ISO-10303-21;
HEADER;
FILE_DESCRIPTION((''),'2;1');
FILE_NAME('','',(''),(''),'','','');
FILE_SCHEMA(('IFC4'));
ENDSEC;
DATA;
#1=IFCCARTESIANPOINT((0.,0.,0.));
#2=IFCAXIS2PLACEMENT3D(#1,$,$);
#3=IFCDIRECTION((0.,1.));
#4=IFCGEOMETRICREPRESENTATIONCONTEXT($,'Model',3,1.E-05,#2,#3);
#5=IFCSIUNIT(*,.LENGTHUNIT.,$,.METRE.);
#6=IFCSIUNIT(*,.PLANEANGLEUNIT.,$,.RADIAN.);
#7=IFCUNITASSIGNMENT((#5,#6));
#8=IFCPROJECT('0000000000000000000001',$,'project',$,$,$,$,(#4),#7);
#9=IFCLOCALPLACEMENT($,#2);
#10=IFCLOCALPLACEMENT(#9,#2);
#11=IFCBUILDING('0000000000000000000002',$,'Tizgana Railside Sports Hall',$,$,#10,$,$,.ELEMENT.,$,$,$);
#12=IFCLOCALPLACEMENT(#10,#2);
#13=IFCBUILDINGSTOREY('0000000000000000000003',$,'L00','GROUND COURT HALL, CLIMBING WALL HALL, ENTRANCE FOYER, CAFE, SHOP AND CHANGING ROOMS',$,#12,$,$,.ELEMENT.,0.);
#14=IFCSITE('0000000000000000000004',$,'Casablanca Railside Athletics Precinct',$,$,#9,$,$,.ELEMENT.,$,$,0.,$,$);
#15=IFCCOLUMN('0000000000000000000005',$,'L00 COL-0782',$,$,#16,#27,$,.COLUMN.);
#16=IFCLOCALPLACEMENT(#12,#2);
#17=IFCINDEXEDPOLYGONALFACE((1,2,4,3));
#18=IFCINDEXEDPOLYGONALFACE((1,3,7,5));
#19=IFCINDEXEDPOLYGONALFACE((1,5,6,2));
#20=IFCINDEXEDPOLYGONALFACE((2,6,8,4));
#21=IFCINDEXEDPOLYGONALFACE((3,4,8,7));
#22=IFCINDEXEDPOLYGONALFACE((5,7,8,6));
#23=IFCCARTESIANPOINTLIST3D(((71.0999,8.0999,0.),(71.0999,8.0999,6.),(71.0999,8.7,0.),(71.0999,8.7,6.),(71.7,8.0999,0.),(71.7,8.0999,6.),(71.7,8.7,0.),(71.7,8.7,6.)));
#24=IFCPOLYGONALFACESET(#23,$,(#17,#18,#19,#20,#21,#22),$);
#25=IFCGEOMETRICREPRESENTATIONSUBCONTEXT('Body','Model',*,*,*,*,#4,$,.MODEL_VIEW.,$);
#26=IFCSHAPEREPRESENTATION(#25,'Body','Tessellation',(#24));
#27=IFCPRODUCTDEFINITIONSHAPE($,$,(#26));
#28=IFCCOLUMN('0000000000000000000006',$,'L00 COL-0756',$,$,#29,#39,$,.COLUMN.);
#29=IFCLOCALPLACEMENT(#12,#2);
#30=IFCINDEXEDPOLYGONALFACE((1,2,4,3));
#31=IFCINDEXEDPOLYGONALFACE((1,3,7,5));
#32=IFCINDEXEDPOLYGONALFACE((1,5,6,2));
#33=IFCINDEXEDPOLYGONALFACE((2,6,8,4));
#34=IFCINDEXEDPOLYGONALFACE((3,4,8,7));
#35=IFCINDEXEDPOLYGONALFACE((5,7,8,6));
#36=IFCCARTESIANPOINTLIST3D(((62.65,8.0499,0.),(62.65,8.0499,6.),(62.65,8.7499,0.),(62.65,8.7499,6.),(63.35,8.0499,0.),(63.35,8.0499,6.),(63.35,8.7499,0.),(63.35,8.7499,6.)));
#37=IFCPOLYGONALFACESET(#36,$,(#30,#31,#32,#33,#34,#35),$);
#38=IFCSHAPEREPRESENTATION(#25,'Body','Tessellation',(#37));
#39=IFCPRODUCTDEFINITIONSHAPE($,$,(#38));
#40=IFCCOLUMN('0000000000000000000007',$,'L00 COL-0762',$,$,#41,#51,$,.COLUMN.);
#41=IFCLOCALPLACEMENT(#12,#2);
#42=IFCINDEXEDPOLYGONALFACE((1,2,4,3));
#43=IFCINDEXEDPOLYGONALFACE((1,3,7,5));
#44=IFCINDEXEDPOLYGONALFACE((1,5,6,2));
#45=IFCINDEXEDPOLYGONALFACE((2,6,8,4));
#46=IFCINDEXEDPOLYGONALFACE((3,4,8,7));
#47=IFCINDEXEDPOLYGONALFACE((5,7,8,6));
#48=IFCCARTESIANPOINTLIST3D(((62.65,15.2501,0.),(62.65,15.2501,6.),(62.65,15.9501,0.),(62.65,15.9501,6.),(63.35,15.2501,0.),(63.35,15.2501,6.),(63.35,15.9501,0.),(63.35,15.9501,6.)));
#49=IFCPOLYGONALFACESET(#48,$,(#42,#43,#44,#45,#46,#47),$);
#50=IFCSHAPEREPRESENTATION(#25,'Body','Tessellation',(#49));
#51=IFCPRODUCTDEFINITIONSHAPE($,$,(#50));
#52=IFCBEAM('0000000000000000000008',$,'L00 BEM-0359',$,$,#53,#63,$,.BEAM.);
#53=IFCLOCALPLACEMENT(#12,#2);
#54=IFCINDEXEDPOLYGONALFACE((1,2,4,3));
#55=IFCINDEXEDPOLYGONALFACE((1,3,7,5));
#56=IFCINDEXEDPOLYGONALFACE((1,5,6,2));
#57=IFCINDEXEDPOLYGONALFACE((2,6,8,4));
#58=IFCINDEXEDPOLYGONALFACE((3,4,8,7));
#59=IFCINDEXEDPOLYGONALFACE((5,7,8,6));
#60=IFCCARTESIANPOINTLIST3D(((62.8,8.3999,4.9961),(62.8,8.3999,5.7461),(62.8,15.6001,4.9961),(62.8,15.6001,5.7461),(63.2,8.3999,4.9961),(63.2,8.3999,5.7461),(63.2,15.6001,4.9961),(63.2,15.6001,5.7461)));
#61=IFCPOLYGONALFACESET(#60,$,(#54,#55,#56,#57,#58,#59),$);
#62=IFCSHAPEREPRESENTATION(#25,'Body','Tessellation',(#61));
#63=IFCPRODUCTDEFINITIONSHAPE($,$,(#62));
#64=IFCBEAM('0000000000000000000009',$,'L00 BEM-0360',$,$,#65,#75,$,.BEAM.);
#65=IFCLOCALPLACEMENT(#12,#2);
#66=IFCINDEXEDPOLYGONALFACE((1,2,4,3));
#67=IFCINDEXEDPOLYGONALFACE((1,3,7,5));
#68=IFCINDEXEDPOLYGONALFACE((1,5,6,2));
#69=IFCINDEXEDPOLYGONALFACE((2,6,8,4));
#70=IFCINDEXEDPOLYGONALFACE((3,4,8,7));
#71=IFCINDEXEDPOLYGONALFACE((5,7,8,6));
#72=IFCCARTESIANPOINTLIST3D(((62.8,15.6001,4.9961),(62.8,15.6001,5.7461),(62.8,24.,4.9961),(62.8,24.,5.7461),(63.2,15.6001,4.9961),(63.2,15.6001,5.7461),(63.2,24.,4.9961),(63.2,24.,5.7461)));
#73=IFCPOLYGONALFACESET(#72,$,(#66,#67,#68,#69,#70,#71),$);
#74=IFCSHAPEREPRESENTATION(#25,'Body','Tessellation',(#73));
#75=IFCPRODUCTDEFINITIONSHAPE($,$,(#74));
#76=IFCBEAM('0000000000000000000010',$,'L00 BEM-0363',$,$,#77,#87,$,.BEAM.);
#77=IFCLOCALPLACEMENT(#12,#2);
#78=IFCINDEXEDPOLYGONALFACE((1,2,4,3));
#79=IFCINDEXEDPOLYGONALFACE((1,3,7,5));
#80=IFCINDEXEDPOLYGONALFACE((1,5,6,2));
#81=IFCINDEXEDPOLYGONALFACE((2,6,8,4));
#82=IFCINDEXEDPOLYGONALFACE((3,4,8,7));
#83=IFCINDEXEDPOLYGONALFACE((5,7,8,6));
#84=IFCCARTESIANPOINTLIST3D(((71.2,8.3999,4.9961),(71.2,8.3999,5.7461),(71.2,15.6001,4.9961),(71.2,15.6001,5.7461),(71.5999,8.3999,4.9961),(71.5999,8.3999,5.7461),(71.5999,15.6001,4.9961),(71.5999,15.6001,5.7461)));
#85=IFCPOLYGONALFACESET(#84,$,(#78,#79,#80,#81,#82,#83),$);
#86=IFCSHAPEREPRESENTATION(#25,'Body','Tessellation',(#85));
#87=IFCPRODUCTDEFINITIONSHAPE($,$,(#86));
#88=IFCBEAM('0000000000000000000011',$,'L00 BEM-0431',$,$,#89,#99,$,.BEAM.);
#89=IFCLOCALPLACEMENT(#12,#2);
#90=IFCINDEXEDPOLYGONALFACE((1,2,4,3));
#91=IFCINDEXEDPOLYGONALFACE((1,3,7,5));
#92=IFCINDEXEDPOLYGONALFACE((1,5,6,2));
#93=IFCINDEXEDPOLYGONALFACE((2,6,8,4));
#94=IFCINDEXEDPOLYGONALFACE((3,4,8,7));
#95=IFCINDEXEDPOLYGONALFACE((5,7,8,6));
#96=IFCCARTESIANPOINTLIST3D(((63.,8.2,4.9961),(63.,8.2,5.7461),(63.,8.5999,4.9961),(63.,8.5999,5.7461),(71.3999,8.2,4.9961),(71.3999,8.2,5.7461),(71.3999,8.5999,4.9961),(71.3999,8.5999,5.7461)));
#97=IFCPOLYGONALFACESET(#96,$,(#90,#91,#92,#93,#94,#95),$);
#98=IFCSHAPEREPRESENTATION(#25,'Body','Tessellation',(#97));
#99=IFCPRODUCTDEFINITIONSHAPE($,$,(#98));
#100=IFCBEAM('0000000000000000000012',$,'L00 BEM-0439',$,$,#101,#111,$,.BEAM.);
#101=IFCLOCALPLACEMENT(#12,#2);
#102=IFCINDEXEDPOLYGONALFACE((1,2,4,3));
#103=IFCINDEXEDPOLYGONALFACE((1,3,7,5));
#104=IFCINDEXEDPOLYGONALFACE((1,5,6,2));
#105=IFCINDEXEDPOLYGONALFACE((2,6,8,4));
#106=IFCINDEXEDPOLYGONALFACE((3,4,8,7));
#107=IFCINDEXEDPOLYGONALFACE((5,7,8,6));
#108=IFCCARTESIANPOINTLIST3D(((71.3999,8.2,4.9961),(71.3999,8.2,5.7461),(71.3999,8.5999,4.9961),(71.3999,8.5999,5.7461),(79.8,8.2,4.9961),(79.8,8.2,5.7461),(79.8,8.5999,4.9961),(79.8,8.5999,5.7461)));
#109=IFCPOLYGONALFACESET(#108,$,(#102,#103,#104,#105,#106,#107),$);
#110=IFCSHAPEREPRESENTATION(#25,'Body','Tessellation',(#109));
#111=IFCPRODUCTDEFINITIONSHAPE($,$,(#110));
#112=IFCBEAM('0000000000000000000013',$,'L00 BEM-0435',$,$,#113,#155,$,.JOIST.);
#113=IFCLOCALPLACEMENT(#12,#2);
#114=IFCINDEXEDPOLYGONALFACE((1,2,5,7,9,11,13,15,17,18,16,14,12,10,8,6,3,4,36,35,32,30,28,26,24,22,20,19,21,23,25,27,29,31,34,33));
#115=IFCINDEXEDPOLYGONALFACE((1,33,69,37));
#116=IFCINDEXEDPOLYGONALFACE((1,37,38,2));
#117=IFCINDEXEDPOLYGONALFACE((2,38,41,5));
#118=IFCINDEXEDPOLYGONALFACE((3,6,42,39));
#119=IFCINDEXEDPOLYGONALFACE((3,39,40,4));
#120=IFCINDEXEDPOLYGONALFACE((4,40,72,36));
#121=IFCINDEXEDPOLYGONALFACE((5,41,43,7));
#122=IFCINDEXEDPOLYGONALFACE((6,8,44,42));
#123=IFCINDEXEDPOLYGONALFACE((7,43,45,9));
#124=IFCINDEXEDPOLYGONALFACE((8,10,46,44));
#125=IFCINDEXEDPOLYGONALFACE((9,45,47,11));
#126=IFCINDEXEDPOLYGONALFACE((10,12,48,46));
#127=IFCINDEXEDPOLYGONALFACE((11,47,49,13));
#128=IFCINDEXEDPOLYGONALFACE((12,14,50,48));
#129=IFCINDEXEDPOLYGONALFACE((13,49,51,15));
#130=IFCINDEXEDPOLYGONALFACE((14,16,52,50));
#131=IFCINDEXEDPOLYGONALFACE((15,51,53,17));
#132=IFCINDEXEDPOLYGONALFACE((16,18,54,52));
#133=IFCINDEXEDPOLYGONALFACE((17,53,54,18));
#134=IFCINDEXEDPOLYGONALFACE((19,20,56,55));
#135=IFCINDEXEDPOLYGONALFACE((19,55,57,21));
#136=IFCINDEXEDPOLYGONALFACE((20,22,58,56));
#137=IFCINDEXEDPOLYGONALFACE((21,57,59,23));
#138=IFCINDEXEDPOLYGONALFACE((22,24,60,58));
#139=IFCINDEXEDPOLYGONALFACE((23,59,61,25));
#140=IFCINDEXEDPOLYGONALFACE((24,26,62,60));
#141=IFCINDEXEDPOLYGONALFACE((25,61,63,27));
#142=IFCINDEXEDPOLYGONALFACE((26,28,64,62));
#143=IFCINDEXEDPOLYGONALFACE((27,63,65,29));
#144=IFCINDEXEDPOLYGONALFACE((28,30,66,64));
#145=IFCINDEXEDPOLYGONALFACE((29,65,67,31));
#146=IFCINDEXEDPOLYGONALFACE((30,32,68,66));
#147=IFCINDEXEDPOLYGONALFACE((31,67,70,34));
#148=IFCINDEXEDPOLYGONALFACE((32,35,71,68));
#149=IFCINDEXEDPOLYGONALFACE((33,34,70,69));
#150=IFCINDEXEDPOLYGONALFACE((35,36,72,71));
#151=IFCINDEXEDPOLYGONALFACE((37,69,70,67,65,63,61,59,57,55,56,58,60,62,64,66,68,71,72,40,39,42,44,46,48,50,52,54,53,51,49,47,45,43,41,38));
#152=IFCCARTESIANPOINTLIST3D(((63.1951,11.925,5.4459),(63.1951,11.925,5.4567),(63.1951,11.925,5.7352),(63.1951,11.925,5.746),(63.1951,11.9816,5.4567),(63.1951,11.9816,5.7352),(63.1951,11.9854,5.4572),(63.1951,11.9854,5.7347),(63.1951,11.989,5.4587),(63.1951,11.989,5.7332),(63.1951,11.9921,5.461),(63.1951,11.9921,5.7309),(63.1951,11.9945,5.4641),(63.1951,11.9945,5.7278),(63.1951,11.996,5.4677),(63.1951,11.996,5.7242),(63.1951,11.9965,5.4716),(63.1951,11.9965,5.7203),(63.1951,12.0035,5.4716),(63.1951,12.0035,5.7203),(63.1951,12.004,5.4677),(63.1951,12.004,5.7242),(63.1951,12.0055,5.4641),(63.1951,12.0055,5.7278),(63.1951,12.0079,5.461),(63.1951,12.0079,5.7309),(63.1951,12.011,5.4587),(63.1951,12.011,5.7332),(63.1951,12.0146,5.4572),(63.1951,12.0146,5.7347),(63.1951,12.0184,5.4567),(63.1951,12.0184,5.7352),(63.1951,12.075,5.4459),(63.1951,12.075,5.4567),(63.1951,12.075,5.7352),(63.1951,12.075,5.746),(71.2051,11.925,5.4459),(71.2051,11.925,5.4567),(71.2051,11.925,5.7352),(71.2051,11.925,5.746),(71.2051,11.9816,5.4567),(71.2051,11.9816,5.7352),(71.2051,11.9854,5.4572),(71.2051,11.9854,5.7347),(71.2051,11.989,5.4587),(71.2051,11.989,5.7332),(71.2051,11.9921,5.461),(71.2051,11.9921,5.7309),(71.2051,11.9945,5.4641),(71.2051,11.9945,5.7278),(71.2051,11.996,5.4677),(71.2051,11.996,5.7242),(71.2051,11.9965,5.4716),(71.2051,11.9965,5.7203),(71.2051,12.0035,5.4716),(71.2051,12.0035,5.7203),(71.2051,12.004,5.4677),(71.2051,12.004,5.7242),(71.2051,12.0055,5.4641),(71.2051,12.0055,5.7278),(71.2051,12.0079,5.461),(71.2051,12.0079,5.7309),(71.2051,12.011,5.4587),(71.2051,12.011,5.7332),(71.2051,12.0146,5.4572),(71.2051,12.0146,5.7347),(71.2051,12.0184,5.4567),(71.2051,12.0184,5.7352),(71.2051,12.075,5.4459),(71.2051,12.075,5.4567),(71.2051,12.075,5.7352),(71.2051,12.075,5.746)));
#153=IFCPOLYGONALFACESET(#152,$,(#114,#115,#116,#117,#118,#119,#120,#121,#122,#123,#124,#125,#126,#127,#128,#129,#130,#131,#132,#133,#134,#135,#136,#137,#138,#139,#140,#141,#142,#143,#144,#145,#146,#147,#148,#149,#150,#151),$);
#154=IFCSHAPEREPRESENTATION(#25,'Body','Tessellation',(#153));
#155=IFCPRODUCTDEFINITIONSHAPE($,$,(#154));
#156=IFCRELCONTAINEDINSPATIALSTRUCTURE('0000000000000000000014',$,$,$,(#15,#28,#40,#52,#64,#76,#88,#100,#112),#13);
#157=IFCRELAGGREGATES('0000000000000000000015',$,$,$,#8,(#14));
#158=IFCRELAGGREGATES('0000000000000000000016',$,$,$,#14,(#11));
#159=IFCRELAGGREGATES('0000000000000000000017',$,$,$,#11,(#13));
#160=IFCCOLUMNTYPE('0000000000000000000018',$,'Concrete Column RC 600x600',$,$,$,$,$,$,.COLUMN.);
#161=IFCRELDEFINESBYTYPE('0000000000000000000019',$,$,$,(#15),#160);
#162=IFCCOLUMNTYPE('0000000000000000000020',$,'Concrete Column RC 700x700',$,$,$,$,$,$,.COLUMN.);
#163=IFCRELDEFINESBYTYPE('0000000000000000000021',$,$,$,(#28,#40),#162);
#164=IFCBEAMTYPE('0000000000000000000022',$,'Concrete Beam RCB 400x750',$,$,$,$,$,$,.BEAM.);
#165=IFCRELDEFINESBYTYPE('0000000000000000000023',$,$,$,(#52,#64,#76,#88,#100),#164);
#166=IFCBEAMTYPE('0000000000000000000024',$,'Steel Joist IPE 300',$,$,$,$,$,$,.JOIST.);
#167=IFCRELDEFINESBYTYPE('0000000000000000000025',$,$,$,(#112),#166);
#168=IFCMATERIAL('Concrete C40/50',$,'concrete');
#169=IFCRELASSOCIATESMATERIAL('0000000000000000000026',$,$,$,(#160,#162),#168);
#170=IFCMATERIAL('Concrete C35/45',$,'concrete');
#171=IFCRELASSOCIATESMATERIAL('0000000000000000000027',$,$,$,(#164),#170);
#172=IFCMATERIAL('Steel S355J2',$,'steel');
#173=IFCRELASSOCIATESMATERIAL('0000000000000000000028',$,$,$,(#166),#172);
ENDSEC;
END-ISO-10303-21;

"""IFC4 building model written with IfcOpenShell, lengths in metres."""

from ifc_helpers import new_model, si_unit, direction, frame, origin, origin_2d, place, context, subcontext, project, spatial, rectangle, i_section, extrude, material, material_profile, profile_set, type_object, element, save


model = new_model("IFC4")

# Units and contexts
model_context = context("Model", 3, precision=1e-05, world=origin(), true_north=direction((0.0, 1.0)))
body_context = subcontext(model_context, "Body", "Model", "MODEL_VIEW")
ifc_project = project(units=[si_unit("LENGTHUNIT", "METRE"), si_unit("PLANEANGLEUNIT", "RADIAN")], contexts=[model_context])

# Site, building, storey
site_placement = place(None, origin())
site = spatial("IfcSite", under=ifc_project, at=site_placement, Name="Casablanca Railside Athletics Precinct", CompositionType="ELEMENT", RefElevation=0.0)
building_placement = place(site_placement, origin())
building = spatial("IfcBuilding", under=site, at=building_placement, Name="Tizgana Railside Sports Hall", CompositionType="ELEMENT")
storey_placement = place(building_placement, origin())
storey = spatial("IfcBuildingStorey", under=building, at=storey_placement, Name="L00", Description="GROUND COURT HALL, CLIMBING WALL HALL, ENTRANCE FOYER, CAFE, SHOP AND CHANGING ROOMS", CompositionType="ELEMENT", Elevation=0.0)

# Columns
ifc_material_1 = material(Name="Concrete C40/50", Category="concrete")
ifc_material_profile_1 = material_profile(ifc_material_1, rectangle(XDim=0.6001, YDim=0.6001, at=origin_2d()), Name="RC 600x600")
ifc_profile_set_1 = profile_set([ifc_material_profile_1], Name="Concrete C40/50")
column_type_1 = type_object("IfcColumnType", Name="Concrete Column RC 600x600", PredefinedType="COLUMN", material=ifc_profile_set_1)
column_placement = place(storey_placement, frame((71.3999, 8.3999, 0.0), z_axis=(0.0, 0.0, 1.0), x_axis=(1.0, 0.0, 0.0)))
element("IfcColumn", 1, at=column_placement, inside=storey, type_object=column_type_1, Name="L00 COL-0782", PredefinedType="COLUMN", context=body_context, shape_type="SweptSolid", body=[
    extrude(rectangle(XDim=0.6001, YDim=0.6001, at=origin_2d()), origin(), (0.0, 0.0, 1.0), 6.0),
])
ifc_material_profile_2 = material_profile(ifc_material_1, rectangle(XDim=0.7, YDim=0.7, at=origin_2d()), Name="RC 700x700")
ifc_profile_set_2 = profile_set([ifc_material_profile_2], Name="Concrete C40/50")
column_type_2 = type_object("IfcColumnType", Name="Concrete Column RC 700x700", PredefinedType="COLUMN", material=ifc_profile_set_2)
for number, where, z_axis, x_axis, name in (
    (2, (63.0, 8.3999, 0.0), (0.0, 0.0, 1.0), (1.0, 0.0, 0.0), "L00 COL-0756"),
    (3, (63.0, 15.6001, 0.0), (0.0, 0.0, 1.0), (1.0, 0.0, 0.0), "L00 COL-0762"),
):
    element("IfcColumn", number, at=place(storey_placement, frame(where, z_axis=z_axis, x_axis=x_axis)), inside=storey, type_object=column_type_2, Name=name, PredefinedType="COLUMN", context=body_context, shape_type="SweptSolid", body=[
        extrude(rectangle(XDim=0.7, YDim=0.7, at=origin_2d()), origin(), (0.0, 0.0, 1.0), 6.0),
    ])

# Beams
ifc_material_2 = material(Name="Concrete C35/45", Category="concrete")
ifc_material_profile_3 = material_profile(ifc_material_2, rectangle(XDim=0.3999, YDim=0.75, at=origin_2d()), Name="RCB 400x750")
ifc_profile_set_3 = profile_set([ifc_material_profile_3], Name="Concrete C35/45")
beam_type_1 = type_object("IfcBeamType", Name="Concrete Beam RCB 400x750", PredefinedType="BEAM", material=ifc_profile_set_3)
beam_1_placement = place(storey_placement, frame((63.0, 8.3999, 5.3711), z_axis=(0.0, 1.0, 0.0), x_axis=(-1.0, 0.0, 0.0)))
element("IfcBeam", 4, at=beam_1_placement, inside=storey, type_object=beam_type_1, Name="L00 BEM-0359", PredefinedType="BEAM", context=body_context, shape_type="SweptSolid", body=[
    extrude(rectangle(XDim=0.3999, YDim=0.75, at=origin_2d()), origin(), (0.0, 0.0, 1.0), 7.2002),
])
beam_2_placement = place(storey_placement, frame((63.0, 15.6001, 5.3711), z_axis=(0.0, 1.0, 0.0), x_axis=(-1.0, 0.0, 0.0)))
element("IfcBeam", 5, at=beam_2_placement, inside=storey, type_object=beam_type_1, Name="L00 BEM-0360", PredefinedType="BEAM", context=body_context, shape_type="SweptSolid", body=[
    extrude(rectangle(XDim=0.3999, YDim=0.75, at=origin_2d()), origin(), (0.0, 0.0, 1.0), 8.3999),
])
beam_3_placement = place(storey_placement, frame((71.3999, 8.3999, 5.3711), z_axis=(0.0, 1.0, 0.0), x_axis=(-1.0, 0.0, 0.0)))
element("IfcBeam", 6, at=beam_3_placement, inside=storey, type_object=beam_type_1, Name="L00 BEM-0363", PredefinedType="BEAM", context=body_context, shape_type="SweptSolid", body=[
    extrude(rectangle(XDim=0.3999, YDim=0.75, at=origin_2d()), origin(), (0.0, 0.0, 1.0), 7.2002),
])
beam_4_placement = place(storey_placement, frame((63.0, 8.3999, 5.3711), z_axis=(1.0, 0.0, 0.0), x_axis=(0.0, 1.0, 0.0)))
element("IfcBeam", 7, at=beam_4_placement, inside=storey, type_object=beam_type_1, Name="L00 BEM-0431", PredefinedType="BEAM", context=body_context, shape_type="SweptSolid", body=[
    extrude(rectangle(XDim=0.3999, YDim=0.75, at=origin_2d()), origin(), (0.0, 0.0, 1.0), 8.3999),
])
beam_5_placement = place(storey_placement, frame((71.3999, 8.3999, 5.3711), z_axis=(1.0, 0.0, 0.0), x_axis=(0.0, 1.0, 0.0)))
element("IfcBeam", 8, at=beam_5_placement, inside=storey, type_object=beam_type_1, Name="L00 BEM-0439", PredefinedType="BEAM", context=body_context, shape_type="SweptSolid", body=[
    extrude(rectangle(XDim=0.3999, YDim=0.75, at=origin_2d()), origin(), (0.0, 0.0, 1.0), 8.4001),
])
ifc_material_3 = material(Name="Steel S355J2", Category="steel")
ifc_material_profile_4 = material_profile(ifc_material_3, i_section(OverallWidth=0.1499, OverallDepth=0.3, WebThickness=0.0071, FlangeThickness=0.0107, FilletRadius=0.0149, at=origin_2d()), Name="IPE 300")
ifc_profile_set_4 = profile_set([ifc_material_profile_4], Name="Steel S355J2")
beam_type_2 = type_object("IfcBeamType", Name="Steel Joist IPE 300", PredefinedType="JOIST", material=ifc_profile_set_4)
for number, where, z_axis, x_axis, name in (
    (9, (63.1951, 12.0, 5.5959), (1.0, 0.0, 0.0), (0.0, 1.0, 0.0), "L00 BEM-0435"),
):
    element("IfcBeam", number, at=place(storey_placement, frame(where, z_axis=z_axis, x_axis=x_axis)), inside=storey, type_object=beam_type_2, Name=name, PredefinedType="JOIST", context=body_context, shape_type="SweptSolid", body=[
        extrude(i_section(OverallWidth=0.1499, OverallDepth=0.3, WebThickness=0.0071, FlangeThickness=0.0107, FilletRadius=0.0149, at=origin_2d()), origin(), (0.0, 0.0, 1.0), 8.01),
    ])

save(model, "model.ifc")
